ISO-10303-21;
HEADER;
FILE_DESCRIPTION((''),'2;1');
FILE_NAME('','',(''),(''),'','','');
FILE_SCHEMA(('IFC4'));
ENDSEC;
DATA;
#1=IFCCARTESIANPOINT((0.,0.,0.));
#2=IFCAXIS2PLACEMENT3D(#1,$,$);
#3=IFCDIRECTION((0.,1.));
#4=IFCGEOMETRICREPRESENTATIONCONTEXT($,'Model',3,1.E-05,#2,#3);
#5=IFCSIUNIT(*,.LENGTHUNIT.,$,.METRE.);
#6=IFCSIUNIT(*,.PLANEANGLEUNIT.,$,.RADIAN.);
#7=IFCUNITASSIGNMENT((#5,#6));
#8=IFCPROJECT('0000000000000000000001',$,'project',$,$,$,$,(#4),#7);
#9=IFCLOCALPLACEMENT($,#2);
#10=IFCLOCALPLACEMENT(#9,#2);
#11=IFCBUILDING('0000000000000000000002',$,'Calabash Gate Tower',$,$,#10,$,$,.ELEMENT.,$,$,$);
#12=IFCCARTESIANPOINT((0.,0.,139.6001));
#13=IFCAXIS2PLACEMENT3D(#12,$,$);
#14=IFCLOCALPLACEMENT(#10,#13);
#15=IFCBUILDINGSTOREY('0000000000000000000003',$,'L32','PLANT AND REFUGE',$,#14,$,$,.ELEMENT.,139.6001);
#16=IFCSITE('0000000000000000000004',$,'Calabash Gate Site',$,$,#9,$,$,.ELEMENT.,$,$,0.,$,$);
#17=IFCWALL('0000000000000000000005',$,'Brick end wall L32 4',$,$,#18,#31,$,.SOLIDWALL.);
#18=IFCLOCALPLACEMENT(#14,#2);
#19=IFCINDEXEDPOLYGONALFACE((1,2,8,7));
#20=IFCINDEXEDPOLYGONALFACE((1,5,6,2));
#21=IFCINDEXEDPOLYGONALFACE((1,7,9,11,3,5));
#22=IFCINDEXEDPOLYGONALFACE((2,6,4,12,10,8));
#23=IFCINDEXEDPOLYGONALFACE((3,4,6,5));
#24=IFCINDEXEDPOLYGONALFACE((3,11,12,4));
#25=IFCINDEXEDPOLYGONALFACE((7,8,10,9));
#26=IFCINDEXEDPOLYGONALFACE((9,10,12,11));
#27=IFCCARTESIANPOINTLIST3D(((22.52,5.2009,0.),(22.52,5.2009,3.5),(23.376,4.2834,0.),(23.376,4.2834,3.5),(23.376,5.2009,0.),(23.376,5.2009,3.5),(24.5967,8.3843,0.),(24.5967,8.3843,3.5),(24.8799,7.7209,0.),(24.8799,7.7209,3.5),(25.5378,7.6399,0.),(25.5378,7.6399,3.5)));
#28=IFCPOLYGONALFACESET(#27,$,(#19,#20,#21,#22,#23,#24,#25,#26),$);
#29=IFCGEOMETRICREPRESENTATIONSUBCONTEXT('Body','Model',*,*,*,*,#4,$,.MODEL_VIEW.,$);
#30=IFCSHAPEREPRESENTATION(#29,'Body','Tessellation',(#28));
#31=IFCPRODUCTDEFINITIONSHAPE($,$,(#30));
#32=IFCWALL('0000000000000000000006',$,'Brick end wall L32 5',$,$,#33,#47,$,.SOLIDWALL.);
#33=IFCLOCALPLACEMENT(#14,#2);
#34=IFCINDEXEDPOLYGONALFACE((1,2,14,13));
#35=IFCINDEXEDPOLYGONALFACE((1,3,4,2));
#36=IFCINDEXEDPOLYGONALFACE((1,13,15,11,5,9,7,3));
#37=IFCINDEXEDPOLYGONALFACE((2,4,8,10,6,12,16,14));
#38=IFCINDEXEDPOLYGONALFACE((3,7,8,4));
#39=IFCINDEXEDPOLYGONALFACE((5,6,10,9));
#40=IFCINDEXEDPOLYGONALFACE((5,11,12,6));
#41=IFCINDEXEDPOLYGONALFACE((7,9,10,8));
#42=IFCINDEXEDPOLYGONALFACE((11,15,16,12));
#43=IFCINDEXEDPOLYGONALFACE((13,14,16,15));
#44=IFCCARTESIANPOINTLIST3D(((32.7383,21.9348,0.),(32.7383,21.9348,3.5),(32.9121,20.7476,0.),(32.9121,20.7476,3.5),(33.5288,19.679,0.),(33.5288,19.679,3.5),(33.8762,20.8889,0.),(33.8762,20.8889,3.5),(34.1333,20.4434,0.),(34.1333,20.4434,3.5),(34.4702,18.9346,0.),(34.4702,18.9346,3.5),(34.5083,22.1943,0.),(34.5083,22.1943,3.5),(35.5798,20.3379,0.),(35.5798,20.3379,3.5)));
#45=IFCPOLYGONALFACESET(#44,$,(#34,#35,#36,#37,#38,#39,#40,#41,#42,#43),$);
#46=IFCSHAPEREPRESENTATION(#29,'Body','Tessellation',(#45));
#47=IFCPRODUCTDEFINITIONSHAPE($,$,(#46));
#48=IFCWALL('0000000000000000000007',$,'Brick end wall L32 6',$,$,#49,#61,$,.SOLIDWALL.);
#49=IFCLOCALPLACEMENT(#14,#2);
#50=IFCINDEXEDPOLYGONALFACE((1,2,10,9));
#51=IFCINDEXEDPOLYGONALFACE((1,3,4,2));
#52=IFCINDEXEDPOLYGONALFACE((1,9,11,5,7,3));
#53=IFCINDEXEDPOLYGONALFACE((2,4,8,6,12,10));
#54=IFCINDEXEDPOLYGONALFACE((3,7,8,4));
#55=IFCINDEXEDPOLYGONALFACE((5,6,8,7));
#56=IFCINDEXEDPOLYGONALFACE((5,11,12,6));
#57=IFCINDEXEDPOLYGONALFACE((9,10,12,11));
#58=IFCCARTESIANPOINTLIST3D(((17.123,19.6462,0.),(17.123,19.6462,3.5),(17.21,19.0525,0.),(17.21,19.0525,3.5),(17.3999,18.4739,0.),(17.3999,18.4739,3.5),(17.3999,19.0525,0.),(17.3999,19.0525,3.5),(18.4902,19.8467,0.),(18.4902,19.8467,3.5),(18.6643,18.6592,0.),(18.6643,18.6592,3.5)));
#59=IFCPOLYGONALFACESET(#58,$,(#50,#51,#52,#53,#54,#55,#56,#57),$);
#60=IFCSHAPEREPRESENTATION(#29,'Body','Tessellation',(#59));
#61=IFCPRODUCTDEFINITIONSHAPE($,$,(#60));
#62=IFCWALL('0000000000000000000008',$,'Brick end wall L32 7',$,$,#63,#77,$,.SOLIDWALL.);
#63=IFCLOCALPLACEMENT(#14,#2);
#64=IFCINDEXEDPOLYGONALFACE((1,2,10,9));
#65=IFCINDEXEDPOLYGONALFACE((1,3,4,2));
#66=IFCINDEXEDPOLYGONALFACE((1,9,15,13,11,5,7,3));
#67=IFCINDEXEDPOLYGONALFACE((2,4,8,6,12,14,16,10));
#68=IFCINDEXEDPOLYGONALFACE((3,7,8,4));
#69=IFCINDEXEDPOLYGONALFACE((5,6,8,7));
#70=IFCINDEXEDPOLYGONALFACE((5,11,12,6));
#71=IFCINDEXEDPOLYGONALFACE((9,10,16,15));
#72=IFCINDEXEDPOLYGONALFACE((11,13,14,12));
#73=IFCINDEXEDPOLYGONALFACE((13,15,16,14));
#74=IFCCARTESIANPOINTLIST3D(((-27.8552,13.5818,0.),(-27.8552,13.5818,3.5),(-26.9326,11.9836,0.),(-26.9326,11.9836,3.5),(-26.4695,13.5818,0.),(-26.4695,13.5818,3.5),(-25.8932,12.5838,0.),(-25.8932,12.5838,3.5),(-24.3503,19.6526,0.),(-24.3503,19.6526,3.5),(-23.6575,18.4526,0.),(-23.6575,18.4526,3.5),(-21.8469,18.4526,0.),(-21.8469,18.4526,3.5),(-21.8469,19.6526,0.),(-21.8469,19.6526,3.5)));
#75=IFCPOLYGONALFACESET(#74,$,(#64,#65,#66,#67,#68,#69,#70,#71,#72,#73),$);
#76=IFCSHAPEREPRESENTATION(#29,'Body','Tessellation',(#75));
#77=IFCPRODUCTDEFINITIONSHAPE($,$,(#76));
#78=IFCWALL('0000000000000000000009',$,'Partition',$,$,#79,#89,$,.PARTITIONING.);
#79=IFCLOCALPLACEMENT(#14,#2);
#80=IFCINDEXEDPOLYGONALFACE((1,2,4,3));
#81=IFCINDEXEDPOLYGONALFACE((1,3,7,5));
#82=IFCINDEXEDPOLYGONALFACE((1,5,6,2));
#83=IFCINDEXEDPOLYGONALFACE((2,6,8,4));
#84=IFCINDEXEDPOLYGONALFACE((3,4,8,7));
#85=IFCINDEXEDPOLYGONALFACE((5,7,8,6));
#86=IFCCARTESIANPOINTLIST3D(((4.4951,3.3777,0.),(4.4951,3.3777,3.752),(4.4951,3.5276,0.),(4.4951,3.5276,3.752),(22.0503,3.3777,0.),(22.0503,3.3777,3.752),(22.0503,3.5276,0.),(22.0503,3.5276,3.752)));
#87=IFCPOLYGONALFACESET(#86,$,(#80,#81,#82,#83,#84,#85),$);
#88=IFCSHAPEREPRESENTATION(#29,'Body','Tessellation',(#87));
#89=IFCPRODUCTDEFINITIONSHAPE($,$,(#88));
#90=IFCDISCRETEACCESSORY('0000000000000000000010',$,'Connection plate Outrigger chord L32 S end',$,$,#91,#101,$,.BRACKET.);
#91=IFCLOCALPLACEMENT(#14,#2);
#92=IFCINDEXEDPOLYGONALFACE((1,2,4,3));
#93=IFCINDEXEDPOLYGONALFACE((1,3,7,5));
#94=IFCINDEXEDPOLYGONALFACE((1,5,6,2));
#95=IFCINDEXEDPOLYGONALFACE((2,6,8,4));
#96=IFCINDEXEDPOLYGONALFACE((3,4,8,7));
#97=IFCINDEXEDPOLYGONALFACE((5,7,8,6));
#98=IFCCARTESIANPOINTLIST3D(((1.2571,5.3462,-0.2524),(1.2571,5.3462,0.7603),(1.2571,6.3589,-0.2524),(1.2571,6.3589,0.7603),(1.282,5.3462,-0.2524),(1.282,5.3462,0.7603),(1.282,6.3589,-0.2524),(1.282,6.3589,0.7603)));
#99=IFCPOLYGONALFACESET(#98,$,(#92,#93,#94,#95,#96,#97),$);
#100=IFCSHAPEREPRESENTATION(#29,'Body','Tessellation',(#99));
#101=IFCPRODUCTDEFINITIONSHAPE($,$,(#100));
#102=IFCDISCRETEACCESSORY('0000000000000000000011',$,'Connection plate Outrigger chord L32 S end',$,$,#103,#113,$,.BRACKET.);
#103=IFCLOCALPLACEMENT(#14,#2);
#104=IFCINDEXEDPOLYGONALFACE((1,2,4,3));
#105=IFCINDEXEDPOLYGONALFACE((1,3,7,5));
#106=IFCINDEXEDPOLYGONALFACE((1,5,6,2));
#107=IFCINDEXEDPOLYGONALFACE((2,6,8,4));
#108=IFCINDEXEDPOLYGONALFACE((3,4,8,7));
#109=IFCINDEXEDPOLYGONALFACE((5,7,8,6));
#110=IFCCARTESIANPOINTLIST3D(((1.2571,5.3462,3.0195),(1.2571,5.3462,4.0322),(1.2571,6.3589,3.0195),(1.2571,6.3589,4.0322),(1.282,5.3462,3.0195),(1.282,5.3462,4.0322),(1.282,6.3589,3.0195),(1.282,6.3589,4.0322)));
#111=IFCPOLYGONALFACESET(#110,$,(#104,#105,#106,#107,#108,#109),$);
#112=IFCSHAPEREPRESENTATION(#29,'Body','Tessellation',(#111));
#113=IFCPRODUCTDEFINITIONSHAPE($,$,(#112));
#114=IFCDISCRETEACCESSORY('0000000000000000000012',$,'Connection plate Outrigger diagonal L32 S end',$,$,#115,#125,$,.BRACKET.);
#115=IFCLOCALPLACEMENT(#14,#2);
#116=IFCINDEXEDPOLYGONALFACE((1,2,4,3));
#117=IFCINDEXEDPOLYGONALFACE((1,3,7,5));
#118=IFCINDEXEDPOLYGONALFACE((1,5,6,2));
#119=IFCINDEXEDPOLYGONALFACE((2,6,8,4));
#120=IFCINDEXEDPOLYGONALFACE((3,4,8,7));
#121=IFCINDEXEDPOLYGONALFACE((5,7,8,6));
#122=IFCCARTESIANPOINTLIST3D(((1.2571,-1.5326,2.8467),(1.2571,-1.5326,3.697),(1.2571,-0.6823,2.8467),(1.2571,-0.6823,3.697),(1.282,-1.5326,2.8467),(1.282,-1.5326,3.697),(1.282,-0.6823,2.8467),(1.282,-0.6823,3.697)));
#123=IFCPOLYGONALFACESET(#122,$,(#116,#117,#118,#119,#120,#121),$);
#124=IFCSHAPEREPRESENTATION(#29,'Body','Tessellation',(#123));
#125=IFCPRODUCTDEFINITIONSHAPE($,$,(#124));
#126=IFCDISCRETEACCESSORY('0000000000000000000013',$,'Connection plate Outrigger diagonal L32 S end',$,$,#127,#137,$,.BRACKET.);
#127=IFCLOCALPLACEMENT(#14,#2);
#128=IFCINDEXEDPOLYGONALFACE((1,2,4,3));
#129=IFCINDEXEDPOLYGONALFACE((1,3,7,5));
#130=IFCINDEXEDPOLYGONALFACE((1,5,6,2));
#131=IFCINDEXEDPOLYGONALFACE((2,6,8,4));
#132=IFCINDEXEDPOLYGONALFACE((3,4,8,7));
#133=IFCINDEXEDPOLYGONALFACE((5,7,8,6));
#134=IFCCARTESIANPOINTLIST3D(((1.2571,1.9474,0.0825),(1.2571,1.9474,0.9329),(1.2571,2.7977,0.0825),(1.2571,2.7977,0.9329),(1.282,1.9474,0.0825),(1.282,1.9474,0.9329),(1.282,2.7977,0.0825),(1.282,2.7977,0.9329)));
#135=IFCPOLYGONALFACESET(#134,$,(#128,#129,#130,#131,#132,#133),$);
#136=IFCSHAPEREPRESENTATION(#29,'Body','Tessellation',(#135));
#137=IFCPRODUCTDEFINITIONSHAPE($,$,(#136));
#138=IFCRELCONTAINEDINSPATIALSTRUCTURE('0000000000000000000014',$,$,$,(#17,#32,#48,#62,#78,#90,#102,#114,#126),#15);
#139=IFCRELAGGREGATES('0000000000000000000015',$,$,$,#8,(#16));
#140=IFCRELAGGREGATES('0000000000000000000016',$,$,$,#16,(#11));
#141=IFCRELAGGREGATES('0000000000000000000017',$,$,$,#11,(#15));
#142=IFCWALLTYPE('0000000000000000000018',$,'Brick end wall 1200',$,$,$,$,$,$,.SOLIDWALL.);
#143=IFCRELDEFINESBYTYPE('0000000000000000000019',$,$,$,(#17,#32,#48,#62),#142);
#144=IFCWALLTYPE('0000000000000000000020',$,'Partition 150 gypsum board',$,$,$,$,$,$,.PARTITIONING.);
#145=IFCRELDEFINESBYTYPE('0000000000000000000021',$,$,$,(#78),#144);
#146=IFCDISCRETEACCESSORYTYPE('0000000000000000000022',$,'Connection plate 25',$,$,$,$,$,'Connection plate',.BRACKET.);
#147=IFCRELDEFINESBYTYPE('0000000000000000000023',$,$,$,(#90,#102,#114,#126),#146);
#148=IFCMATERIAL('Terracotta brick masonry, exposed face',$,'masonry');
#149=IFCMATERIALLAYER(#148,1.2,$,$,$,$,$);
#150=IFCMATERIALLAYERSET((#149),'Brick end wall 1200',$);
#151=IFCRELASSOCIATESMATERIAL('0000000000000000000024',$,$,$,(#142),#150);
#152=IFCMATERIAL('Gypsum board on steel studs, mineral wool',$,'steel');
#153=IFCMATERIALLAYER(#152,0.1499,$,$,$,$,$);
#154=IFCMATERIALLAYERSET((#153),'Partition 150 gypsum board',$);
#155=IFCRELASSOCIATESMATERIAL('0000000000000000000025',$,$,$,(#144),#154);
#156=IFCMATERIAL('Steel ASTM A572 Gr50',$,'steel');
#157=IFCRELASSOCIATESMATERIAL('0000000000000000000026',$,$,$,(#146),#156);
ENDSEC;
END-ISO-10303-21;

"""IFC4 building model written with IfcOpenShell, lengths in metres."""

from ifc_helpers import new_model, si_unit, direction, frame, frame_2d, origin, origin_2d, place, context, subcontext, project, spatial, polyline, rectangle, outline, extrude, material, layer, layer_set, type_object, element, save


model = new_model("IFC4")

# Units and contexts
model_context = context("Model", 3, precision=1e-05, world=origin(), true_north=direction((0.0, 1.0)))
body_context = subcontext(model_context, "Body", "Model", "MODEL_VIEW")
ifc_project = project(units=[si_unit("LENGTHUNIT", "METRE"), si_unit("PLANEANGLEUNIT", "RADIAN")], contexts=[model_context])

# Site, building, storey
site_placement = place(None, origin())
site = spatial("IfcSite", under=ifc_project, at=site_placement, Name="Calabash Gate Site", CompositionType="ELEMENT", RefElevation=0.0)
building_placement = place(site_placement, origin())
building = spatial("IfcBuilding", under=site, at=building_placement, Name="Calabash Gate Tower", CompositionType="ELEMENT")
storey_placement = place(building_placement, frame((0.0, 0.0, 139.6001)))
storey = spatial("IfcBuildingStorey", under=building, at=storey_placement, Name="L32", Description="PLANT AND REFUGE", CompositionType="ELEMENT", Elevation=139.6001)

# Walls
ifc_material_1 = material(Name="Terracotta brick masonry, exposed face", Category="masonry")
ifc_layer_1 = layer(ifc_material_1, 1.2)
ifc_layer_set_1 = layer_set([ifc_layer_1], Name="Brick end wall 1200")
wall_type_1 = type_object("IfcWallType", Name="Brick end wall 1200", PredefinedType="SOLIDWALL", material=ifc_layer_set_1)
wall_1_placement = place(storey_placement, origin())
element("IfcWall", 1, at=wall_1_placement, inside=storey, type_object=wall_type_1, Name="Brick end wall L32 4", PredefinedType="SOLIDWALL", context=body_context, shape_type="SweptSolid", body=[
    extrude(outline(polyline([(24.5967, 8.3843), (22.52, 5.2009), (23.376, 5.2009), (23.376, 4.2834), (25.5378, 7.6399), (24.8799, 7.7209), (24.5967, 8.3843)])), origin(), (0.0, 0.0, 1.0), 3.5),
])
wall_2_placement = place(storey_placement, origin())
element("IfcWall", 2, at=wall_2_placement, inside=storey, type_object=wall_type_1, Name="Brick end wall L32 5", PredefinedType="SOLIDWALL", context=body_context, shape_type="SweptSolid", body=[
    extrude(outline(polyline([(33.5288, 19.679), (34.4702, 18.9346), (35.5798, 20.3379), (34.5083, 22.1943), (32.7383, 21.9348), (32.9121, 20.7476), (33.8762, 20.8889), (34.1333, 20.4434), (33.5288, 19.679)])), origin(), (0.0, 0.0, 1.0), 3.5),
])
wall_3_placement = place(storey_placement, origin())
element("IfcWall", 3, at=wall_3_placement, inside=storey, type_object=wall_type_1, Name="Brick end wall L32 6", PredefinedType="SOLIDWALL", context=body_context, shape_type="SweptSolid", body=[
    extrude(outline(polyline([(18.6643, 18.6592), (18.4902, 19.8467), (17.123, 19.6462), (17.21, 19.0525), (17.3999, 19.0525), (17.3999, 18.4739), (18.6643, 18.6592)])), origin(), (0.0, 0.0, 1.0), 3.5),
])
wall_4_placement = place(storey_placement, origin())
element("IfcWall", 4, at=wall_4_placement, inside=storey, type_object=wall_type_1, Name="Brick end wall L32 7", PredefinedType="SOLIDWALL", context=body_context, shape_type="SweptSolid", body=[
    extrude(outline(polyline([(-21.8469, 18.4526), (-21.8469, 19.6526), (-24.3503, 19.6526), (-27.8552, 13.5818), (-26.9326, 11.9836), (-25.8933, 12.5837), (-25.5642, 12.0139), (-26.4695, 13.5818), (-23.6575, 18.4526), (-21.8469, 18.4526)])), origin(), (0.0, 0.0, 1.0), 3.5),
])
ifc_material_2 = material(Name="Gypsum board on steel studs, mineral wool", Category="steel")
ifc_layer_2 = layer(ifc_material_2, 0.1499)
ifc_layer_set_2 = layer_set([ifc_layer_2], Name="Partition 150 gypsum board")
wall_type_2 = type_object("IfcWallType", Name="Partition 150 gypsum board", PredefinedType="PARTITIONING", material=ifc_layer_set_2)
wall_5_placement = place(storey_placement, frame((4.4951, 3.4526, 0.0), z_axis=(0.0, 0.0, 1.0), x_axis=(1.0, 0.0, 0.0)))
element("IfcWall", 5, at=wall_5_placement, inside=storey, type_object=wall_type_2, Name="Partition", PredefinedType="PARTITIONING", context=body_context, shape_type="SweptSolid", body=[
    extrude(rectangle(XDim=17.5552, YDim=0.1499, at=frame_2d((8.7776, 0.0))), origin(), (0.0, 0.0, 1.0), 3.752),
])

# Discrete accessories
ifc_material_3 = material(Name="Steel ASTM A572 Gr50", Category="steel")
discrete_accessory_type = type_object("IfcDiscreteAccessoryType", Name="Connection plate 25", ElementType="Connection plate", PredefinedType="BRACKET", material=ifc_material_3)
for number, where, z_axis, x_axis, name in (
    (6, (1.2695, 5.8525, -0.2524), (0.0, 0.0, 1.0), (0.0, 1.0, 0.0), "Connection plate Outrigger chord L32 S end"),
    (7, (1.2695, 5.8525, 3.0195), (0.0, 0.0, 1.0), (0.0, 1.0, 0.0), "Connection plate Outrigger chord L32 S end"),
):
    element("IfcDiscreteAccessory", number, at=place(storey_placement, frame(where, z_axis=z_axis, x_axis=x_axis)), inside=storey, type_object=discrete_accessory_type, Name=name, PredefinedType="BRACKET", context=body_context, shape_type="SweptSolid", body=[
        extrude(rectangle(XDim=1.0127, YDim=0.0249, at=origin_2d()), origin(), (0.0, 0.0, 1.0), 1.0127),
    ])
for number, where, z_axis, x_axis, name in (
    (8, (1.2695, -1.1074, 2.8467), (0.0, 0.0, 1.0), (0.0, 1.0, 0.0), "Connection plate Outrigger diagonal L32 S end"),
    (9, (1.2695, 2.3726, 0.0825), (0.0, 0.0, 1.0), (0.0, 1.0, 0.0), "Connection plate Outrigger diagonal L32 S end"),
):
    element("IfcDiscreteAccessory", number, at=place(storey_placement, frame(where, z_axis=z_axis, x_axis=x_axis)), inside=storey, type_object=discrete_accessory_type, Name=name, PredefinedType="BRACKET", context=body_context, shape_type="SweptSolid", body=[
        extrude(rectangle(XDim=0.8503, YDim=0.0249, at=origin_2d()), origin(), (0.0, 0.0, 1.0), 0.8503),
    ])

save(model, "model.ifc")
